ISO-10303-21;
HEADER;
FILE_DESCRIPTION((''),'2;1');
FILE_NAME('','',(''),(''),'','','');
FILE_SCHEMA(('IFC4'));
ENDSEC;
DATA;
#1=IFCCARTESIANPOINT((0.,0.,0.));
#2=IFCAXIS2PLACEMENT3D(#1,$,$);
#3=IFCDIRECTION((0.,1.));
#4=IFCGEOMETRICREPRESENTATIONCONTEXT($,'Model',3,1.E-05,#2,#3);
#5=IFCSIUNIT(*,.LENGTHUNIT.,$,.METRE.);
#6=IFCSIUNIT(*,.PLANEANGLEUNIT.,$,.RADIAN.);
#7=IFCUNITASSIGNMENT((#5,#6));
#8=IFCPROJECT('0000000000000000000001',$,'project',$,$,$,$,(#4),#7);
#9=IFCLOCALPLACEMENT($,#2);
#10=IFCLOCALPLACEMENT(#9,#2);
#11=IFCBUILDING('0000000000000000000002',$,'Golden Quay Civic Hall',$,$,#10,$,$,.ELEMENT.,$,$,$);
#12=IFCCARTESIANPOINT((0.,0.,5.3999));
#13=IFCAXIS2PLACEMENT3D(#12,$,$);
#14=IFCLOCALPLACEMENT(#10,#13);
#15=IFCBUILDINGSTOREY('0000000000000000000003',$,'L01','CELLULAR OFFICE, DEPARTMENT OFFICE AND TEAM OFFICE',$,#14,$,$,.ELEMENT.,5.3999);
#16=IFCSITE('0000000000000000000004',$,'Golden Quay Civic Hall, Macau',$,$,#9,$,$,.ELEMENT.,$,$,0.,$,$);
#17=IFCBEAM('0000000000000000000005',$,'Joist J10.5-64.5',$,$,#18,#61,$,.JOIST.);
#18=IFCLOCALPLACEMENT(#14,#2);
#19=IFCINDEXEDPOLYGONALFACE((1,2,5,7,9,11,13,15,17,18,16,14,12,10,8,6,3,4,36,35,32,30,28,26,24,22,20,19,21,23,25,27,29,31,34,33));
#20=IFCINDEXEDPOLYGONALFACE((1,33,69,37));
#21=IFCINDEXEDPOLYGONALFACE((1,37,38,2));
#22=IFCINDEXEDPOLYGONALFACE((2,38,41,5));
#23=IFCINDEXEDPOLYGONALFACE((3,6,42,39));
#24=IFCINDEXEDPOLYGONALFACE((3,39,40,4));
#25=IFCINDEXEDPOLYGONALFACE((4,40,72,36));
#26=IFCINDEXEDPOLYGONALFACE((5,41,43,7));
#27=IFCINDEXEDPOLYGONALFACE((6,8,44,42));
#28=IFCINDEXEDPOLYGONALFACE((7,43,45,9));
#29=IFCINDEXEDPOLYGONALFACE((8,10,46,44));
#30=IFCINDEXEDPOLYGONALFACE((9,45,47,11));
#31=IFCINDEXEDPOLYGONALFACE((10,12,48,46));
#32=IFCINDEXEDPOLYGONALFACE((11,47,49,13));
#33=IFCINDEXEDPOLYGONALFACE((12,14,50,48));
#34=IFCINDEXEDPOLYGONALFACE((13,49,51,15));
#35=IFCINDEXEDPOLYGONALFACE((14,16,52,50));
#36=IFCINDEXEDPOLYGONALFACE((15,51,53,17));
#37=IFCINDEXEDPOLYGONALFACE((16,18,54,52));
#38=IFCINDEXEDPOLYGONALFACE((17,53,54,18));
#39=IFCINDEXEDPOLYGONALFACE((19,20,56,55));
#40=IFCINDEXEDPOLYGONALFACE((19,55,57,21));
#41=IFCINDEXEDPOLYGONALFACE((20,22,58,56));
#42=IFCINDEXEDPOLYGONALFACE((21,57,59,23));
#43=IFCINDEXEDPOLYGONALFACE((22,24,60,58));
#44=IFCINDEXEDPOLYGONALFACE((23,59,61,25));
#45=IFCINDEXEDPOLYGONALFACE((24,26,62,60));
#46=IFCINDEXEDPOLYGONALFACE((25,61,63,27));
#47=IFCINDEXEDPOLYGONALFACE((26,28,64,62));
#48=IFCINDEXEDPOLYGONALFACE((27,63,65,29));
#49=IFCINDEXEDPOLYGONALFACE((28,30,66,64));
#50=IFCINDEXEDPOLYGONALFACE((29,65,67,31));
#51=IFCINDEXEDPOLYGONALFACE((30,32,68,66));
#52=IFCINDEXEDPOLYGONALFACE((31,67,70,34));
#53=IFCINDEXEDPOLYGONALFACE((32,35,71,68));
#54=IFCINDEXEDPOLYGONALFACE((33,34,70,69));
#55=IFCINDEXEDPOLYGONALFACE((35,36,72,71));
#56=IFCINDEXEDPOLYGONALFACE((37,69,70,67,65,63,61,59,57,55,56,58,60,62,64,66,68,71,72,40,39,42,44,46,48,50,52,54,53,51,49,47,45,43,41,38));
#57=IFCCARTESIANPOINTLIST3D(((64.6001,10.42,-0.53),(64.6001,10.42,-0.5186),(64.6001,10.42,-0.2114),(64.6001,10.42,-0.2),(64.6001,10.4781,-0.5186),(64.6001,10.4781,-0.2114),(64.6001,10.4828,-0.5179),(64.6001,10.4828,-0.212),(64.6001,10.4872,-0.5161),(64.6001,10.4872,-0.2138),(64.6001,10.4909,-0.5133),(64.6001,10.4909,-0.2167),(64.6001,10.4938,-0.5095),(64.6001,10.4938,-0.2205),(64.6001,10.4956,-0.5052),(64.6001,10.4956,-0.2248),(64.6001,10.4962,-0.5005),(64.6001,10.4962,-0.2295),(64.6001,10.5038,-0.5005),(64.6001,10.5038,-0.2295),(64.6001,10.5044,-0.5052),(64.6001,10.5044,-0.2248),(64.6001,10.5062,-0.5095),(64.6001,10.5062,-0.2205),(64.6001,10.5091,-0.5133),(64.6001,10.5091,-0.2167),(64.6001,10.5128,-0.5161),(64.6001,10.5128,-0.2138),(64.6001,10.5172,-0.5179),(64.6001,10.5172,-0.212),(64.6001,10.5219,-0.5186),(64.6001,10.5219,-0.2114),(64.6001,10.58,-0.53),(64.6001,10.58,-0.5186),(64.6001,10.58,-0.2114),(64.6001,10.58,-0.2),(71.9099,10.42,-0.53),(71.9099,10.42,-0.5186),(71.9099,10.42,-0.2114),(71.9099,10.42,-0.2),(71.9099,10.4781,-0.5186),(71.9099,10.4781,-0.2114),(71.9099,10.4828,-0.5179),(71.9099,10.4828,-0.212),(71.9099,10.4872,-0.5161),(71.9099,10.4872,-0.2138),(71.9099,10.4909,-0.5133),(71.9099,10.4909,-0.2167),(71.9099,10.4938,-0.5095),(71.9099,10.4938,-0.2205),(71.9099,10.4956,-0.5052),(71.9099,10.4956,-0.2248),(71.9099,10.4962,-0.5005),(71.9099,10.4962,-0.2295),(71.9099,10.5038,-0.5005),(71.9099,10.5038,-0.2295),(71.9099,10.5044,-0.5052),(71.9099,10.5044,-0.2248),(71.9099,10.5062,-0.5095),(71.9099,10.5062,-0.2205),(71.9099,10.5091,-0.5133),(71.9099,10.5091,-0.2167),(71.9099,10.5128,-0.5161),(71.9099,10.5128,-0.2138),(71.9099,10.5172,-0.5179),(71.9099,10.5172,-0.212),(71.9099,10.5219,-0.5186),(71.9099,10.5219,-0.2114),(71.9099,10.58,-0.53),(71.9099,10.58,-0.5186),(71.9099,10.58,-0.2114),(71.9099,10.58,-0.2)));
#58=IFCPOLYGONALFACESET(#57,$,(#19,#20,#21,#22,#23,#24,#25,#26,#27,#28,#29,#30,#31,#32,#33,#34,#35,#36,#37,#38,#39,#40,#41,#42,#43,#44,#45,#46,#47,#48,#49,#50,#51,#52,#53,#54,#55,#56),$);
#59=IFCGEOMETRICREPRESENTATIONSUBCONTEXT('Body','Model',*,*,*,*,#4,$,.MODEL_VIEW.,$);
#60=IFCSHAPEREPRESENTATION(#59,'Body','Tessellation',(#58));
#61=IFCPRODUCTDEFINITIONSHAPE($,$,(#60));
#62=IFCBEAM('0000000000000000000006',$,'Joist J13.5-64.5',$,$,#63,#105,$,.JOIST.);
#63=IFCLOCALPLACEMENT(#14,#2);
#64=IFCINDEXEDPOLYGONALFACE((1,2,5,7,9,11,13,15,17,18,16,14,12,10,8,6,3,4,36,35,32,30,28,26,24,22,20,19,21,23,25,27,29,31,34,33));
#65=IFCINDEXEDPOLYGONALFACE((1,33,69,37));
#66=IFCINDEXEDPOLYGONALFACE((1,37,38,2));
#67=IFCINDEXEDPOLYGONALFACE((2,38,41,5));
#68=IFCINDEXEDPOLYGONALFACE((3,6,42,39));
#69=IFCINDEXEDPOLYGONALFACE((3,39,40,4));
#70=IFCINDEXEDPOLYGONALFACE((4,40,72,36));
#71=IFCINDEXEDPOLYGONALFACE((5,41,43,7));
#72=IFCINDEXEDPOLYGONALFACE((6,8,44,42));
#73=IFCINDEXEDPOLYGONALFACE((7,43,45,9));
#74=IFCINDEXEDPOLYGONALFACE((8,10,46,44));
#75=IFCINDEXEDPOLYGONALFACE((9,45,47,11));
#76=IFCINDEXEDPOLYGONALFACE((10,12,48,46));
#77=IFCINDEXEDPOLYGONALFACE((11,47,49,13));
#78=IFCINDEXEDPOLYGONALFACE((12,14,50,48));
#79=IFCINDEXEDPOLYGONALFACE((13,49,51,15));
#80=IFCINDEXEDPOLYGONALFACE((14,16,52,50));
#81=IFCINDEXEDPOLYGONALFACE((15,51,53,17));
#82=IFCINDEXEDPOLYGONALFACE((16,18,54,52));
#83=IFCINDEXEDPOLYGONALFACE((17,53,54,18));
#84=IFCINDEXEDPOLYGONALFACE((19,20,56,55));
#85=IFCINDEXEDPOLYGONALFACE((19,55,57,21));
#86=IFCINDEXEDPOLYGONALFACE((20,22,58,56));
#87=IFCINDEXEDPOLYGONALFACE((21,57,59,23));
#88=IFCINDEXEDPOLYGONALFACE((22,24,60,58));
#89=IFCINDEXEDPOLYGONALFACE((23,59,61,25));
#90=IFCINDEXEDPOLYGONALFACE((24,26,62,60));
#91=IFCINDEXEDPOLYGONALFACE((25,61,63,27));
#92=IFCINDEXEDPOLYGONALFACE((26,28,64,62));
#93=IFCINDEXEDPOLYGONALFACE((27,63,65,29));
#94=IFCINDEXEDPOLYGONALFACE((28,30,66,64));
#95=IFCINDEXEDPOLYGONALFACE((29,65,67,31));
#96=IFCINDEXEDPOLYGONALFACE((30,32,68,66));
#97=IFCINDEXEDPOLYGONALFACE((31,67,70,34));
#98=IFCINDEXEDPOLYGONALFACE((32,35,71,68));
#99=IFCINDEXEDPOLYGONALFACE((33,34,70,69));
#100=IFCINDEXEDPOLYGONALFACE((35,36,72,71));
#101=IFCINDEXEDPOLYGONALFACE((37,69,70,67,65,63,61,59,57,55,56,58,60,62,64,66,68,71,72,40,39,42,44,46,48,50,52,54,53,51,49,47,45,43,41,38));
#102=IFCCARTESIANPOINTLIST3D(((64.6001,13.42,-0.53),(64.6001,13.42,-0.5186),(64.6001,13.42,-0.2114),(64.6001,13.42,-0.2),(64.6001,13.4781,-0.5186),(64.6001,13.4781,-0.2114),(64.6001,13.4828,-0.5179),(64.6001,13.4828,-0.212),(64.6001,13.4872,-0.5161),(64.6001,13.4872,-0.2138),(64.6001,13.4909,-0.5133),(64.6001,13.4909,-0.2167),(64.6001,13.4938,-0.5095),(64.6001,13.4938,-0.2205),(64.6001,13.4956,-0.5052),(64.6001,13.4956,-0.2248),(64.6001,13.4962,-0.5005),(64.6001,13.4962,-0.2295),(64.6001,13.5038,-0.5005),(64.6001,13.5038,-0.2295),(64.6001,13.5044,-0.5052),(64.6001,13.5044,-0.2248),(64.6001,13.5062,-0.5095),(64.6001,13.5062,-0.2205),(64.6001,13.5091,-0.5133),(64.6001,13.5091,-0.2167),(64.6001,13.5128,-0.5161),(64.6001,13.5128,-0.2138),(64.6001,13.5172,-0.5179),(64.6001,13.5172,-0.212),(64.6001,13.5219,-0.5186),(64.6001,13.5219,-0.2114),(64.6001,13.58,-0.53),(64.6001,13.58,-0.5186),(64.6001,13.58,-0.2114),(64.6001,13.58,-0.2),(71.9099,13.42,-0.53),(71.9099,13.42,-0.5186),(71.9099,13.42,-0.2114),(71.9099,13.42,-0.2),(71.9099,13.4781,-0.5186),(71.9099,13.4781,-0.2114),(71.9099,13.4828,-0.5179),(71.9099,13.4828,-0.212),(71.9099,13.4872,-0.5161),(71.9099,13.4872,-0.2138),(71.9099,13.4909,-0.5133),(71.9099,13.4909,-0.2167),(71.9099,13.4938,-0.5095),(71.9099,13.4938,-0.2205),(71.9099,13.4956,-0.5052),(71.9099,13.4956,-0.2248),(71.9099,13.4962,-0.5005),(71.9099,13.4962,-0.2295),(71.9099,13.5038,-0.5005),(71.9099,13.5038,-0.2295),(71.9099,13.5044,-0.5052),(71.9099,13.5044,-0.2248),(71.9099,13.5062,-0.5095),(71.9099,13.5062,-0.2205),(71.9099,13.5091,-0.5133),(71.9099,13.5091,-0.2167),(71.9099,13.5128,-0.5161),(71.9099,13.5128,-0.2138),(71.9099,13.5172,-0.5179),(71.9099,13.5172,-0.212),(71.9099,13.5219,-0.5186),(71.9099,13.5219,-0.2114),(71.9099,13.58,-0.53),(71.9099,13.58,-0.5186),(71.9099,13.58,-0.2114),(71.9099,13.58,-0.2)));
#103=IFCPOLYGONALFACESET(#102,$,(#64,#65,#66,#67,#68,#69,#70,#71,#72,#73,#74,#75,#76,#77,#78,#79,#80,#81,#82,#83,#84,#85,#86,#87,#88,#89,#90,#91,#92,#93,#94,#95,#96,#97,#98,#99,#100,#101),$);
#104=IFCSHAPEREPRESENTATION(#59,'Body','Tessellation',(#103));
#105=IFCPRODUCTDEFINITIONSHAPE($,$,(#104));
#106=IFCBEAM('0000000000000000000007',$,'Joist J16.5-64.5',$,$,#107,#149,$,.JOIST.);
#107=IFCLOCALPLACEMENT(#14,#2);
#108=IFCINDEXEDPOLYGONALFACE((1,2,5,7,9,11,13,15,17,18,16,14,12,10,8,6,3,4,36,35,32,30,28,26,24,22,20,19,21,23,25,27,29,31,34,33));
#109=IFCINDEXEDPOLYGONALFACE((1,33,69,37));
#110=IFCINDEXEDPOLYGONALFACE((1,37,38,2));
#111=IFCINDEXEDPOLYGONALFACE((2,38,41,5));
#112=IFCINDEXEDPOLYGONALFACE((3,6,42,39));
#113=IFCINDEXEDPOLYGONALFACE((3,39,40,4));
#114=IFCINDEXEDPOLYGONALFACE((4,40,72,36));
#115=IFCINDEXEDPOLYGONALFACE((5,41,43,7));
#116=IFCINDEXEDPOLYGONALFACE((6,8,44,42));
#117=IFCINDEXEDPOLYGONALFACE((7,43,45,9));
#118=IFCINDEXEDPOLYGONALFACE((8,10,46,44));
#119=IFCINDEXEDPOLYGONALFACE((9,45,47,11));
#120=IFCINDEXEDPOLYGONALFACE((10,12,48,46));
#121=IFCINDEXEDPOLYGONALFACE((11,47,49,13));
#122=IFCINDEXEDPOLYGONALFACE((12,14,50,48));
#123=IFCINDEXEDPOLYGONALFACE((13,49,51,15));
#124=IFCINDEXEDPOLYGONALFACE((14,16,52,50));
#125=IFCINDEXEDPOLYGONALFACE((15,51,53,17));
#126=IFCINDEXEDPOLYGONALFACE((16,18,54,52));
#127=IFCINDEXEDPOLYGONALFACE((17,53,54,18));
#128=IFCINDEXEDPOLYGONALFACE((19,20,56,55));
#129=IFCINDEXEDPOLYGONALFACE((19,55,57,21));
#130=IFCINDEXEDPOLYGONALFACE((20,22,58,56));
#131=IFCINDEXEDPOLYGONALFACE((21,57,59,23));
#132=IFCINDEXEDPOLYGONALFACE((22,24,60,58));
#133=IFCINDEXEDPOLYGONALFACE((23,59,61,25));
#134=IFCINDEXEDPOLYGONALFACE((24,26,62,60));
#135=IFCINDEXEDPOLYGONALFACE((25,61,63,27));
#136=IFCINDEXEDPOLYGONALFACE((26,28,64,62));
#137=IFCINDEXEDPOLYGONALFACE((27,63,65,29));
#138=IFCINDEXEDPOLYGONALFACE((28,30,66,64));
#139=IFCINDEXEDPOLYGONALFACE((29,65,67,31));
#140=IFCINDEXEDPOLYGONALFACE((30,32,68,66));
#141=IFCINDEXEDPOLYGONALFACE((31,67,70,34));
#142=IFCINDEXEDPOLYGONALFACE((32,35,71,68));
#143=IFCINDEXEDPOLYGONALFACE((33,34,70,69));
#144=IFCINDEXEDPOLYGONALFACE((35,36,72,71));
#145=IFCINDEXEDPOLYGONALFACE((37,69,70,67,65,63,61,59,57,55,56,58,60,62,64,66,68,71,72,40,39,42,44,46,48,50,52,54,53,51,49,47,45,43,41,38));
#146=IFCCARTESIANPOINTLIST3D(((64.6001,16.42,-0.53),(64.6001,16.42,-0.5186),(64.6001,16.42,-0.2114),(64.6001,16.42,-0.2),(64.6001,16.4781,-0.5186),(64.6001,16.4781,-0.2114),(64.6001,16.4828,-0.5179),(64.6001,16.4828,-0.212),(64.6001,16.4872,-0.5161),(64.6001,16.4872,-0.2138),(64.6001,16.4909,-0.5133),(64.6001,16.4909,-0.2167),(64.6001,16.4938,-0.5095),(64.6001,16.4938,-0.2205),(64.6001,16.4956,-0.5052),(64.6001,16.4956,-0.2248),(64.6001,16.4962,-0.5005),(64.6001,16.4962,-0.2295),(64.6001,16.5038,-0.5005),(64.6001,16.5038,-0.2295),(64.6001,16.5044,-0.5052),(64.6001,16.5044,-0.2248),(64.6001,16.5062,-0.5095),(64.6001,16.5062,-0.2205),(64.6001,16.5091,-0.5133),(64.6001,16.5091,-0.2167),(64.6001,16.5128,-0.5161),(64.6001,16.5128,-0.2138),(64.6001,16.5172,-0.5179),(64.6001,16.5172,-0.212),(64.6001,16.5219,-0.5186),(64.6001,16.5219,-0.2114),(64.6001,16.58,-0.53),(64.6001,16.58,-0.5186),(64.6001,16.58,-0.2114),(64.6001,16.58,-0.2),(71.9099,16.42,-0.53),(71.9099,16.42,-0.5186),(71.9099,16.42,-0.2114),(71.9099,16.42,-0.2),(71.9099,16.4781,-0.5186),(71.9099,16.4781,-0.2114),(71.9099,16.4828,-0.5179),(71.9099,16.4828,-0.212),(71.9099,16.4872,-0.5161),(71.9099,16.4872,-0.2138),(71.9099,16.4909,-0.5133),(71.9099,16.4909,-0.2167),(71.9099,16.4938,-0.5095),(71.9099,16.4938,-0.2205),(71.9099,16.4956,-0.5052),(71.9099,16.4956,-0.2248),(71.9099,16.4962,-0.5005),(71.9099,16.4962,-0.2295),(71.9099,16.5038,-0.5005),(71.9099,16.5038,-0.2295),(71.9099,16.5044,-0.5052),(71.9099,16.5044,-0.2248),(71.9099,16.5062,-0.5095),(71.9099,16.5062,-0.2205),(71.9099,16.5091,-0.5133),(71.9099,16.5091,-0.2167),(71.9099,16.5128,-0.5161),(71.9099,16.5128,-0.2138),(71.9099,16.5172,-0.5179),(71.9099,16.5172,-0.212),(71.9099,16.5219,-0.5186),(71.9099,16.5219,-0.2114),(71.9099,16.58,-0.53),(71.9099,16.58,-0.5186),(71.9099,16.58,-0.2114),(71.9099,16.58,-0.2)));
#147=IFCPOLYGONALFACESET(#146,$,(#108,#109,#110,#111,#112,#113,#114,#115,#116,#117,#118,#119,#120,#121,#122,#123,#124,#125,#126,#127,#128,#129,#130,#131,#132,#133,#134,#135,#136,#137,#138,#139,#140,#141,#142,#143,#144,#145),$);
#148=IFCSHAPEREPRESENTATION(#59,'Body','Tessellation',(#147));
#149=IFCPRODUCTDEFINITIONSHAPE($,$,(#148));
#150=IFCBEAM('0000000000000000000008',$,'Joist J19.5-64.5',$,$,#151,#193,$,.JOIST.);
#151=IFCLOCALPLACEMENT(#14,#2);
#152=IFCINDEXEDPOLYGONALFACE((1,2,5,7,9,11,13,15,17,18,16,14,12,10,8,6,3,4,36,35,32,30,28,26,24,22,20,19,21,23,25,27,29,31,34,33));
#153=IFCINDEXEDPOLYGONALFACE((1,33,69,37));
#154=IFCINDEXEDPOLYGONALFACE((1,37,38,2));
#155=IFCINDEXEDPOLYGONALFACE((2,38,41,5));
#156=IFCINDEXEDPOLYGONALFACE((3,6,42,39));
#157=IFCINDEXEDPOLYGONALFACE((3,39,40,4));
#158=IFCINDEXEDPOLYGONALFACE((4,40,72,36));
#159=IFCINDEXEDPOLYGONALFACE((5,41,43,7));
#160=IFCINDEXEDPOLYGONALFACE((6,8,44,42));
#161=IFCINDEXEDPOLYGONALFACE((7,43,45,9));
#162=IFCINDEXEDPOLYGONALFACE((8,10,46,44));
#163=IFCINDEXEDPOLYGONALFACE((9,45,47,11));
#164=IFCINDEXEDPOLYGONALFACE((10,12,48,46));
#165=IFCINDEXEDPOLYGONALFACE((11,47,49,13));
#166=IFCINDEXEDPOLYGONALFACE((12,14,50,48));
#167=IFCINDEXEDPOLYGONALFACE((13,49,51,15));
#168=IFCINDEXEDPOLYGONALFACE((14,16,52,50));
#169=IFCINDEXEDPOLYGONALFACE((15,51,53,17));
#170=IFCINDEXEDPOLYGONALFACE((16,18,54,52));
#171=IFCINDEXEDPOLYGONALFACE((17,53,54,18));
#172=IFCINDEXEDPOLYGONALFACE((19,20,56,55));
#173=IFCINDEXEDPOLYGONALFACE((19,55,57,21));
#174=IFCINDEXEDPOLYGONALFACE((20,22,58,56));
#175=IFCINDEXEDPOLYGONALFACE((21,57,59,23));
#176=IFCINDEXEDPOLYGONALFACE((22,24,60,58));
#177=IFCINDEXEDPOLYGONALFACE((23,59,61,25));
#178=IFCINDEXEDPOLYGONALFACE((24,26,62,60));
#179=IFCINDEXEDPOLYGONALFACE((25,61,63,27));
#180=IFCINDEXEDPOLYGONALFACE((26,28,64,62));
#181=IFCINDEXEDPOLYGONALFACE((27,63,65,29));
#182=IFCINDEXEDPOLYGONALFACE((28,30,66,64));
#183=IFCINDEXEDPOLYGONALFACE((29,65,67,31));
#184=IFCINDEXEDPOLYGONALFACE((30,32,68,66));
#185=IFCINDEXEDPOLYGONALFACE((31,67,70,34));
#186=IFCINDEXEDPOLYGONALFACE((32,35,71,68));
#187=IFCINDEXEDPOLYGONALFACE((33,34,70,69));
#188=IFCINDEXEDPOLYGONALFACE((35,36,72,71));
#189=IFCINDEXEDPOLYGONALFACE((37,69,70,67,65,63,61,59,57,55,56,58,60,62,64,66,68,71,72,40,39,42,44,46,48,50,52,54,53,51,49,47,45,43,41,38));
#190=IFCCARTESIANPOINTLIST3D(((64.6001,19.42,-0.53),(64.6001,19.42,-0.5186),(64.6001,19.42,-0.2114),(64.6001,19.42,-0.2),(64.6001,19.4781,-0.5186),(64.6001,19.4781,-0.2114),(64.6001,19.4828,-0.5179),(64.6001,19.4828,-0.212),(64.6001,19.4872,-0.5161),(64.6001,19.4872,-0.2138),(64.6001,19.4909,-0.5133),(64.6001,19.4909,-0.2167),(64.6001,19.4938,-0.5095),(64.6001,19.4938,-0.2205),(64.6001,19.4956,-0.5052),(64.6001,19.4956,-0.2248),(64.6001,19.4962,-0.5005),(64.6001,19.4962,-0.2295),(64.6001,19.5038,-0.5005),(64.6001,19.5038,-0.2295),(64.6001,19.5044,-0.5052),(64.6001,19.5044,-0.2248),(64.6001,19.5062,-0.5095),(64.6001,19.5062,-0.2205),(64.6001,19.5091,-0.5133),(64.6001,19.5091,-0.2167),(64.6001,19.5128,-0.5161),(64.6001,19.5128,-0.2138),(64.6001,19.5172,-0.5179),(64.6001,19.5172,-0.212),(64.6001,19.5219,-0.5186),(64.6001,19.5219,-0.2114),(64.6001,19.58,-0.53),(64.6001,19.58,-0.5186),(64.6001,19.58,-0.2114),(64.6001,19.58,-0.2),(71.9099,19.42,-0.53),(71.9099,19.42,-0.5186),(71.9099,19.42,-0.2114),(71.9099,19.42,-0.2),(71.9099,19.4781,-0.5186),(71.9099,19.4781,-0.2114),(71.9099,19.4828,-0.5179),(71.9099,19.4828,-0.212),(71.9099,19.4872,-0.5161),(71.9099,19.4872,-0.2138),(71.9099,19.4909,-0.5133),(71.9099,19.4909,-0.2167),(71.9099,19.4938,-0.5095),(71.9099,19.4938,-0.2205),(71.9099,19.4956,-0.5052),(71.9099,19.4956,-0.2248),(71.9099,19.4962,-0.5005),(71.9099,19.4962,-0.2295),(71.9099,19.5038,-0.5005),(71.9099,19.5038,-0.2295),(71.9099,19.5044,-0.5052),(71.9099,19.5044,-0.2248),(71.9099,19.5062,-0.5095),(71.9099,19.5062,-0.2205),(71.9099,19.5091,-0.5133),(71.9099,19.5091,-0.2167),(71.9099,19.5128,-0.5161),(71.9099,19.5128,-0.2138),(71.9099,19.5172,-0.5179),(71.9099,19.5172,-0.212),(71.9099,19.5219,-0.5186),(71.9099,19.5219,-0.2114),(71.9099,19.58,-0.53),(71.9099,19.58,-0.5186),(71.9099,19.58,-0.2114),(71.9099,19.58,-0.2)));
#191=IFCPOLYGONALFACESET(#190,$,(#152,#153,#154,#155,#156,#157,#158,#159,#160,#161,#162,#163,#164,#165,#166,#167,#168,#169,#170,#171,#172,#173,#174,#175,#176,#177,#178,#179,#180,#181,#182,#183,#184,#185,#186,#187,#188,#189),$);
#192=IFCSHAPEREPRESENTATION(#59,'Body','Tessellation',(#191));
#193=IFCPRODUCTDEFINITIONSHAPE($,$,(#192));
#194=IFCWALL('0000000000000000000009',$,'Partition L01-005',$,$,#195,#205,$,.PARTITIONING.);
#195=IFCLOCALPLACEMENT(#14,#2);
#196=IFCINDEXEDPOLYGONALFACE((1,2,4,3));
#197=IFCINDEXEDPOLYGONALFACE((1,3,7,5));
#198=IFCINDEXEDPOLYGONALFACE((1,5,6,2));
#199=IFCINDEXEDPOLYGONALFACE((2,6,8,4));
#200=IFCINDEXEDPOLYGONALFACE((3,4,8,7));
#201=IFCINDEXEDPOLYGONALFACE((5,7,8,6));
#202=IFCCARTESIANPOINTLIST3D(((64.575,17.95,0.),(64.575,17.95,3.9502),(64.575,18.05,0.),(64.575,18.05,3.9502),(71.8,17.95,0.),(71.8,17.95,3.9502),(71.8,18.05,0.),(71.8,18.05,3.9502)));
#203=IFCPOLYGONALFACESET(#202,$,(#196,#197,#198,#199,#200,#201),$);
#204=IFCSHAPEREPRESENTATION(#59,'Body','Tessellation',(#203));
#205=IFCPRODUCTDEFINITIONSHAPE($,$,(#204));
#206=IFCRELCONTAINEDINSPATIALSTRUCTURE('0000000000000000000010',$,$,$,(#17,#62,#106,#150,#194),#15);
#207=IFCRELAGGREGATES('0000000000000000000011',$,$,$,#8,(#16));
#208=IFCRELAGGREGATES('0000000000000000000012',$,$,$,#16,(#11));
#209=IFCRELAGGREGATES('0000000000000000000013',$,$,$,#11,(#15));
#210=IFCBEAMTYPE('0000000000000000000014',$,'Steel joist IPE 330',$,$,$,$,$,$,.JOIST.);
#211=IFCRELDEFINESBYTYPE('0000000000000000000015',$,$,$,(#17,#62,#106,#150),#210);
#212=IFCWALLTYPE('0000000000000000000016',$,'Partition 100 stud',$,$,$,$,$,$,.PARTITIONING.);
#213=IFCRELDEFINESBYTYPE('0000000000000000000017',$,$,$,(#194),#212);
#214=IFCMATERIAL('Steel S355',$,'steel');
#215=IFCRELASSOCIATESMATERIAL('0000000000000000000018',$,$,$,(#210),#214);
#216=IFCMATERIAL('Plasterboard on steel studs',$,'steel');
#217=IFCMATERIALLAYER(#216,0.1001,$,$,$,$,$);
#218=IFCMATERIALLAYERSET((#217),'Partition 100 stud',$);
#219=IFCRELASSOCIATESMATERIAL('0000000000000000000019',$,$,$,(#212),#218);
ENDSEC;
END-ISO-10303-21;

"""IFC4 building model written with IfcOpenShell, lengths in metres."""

from ifc_helpers import new_model, si_unit, direction, frame, frame_2d, origin, origin_2d, place, context, subcontext, project, spatial, rectangle, i_section, extrude, material, layer, layer_set, material_profile, profile_set, type_object, element, save


model = new_model("IFC4")

# Units and contexts
model_context = context("Model", 3, precision=1e-05, world=origin(), true_north=direction((0.0, 1.0)))
body_context = subcontext(model_context, "Body", "Model", "MODEL_VIEW")
ifc_project = project(units=[si_unit("LENGTHUNIT", "METRE"), si_unit("PLANEANGLEUNIT", "RADIAN")], contexts=[model_context])

# Site, building, storey
site_placement = place(None, origin())
site = spatial("IfcSite", under=ifc_project, at=site_placement, Name="Golden Quay Civic Hall, Macau", CompositionType="ELEMENT", RefElevation=0.0)
building_placement = place(site_placement, origin())
building = spatial("IfcBuilding", under=site, at=building_placement, Name="Golden Quay Civic Hall", CompositionType="ELEMENT")
storey_placement = place(building_placement, frame((0.0, 0.0, 5.3999)))
storey = spatial("IfcBuildingStorey", under=building, at=storey_placement, Name="L01", Description="CELLULAR OFFICE, DEPARTMENT OFFICE AND TEAM OFFICE", CompositionType="ELEMENT", Elevation=5.3999)

# Beams
ifc_material_1 = material(Name="Steel S355", Category="steel")
ifc_material_profile_1 = material_profile(ifc_material_1, i_section(OverallWidth=0.1599, OverallDepth=0.3301, WebThickness=0.0076, FlangeThickness=0.0115, FilletRadius=0.0181, at=origin_2d()), Name="IPE 330")
ifc_profile_set_1 = profile_set([ifc_material_profile_1], Name="Steel S355")
beam_type_1 = type_object("IfcBeamType", Name="Steel joist IPE 330", PredefinedType="JOIST", material=ifc_profile_set_1)
for number, where, z_axis, x_axis, name in (
    (1, (64.6001, 10.5, -0.365), (1.0, 0.0, 0.0), (0.0, 1.0, 0.0), "Joist J10.5-64.5"),
    (2, (64.6001, 13.5, -0.365), (1.0, 0.0, 0.0), (0.0, 1.0, 0.0), "Joist J13.5-64.5"),
    (3, (64.6001, 16.5, -0.365), (1.0, 0.0, 0.0), (0.0, 1.0, 0.0), "Joist J16.5-64.5"),
    (4, (64.6001, 19.5, -0.365), (1.0, 0.0, 0.0), (0.0, 1.0, 0.0), "Joist J19.5-64.5"),
):
    element("IfcBeam", number, at=place(storey_placement, frame(where, z_axis=z_axis, x_axis=x_axis)), inside=storey, type_object=beam_type_1, Name=name, PredefinedType="JOIST", context=body_context, shape_type="SweptSolid", body=[
        extrude(i_section(OverallWidth=0.1599, OverallDepth=0.3301, WebThickness=0.0076, FlangeThickness=0.0115, FilletRadius=0.0181, at=origin_2d()), origin(), (0.0, 0.0, 1.0), 7.3098),
    ])

# Wall
ifc_material_2 = material(Name="Plasterboard on steel studs", Category="steel")
ifc_layer_1 = layer(ifc_material_2, 0.1001)
ifc_layer_set_1 = layer_set([ifc_layer_1], Name="Partition 100 stud")
wall_type_1 = type_object("IfcWallType", Name="Partition 100 stud", PredefinedType="PARTITIONING", material=ifc_layer_set_1)
wall_1_placement = place(storey_placement, frame((64.575, 18.0, 0.0), z_axis=(0.0, 0.0, 1.0), x_axis=(1.0, 0.0, 0.0)))
element("IfcWall", 5, at=wall_1_placement, inside=storey, type_object=wall_type_1, Name="Partition L01-005", PredefinedType="PARTITIONING", context=body_context, shape_type="SweptSolid", body=[
    extrude(rectangle(XDim=7.2251, YDim=0.1001, at=frame_2d((3.6125, 0.0))), origin(), (0.0, 0.0, 1.0), 3.9502),
])

save(model, "model.ifc")
